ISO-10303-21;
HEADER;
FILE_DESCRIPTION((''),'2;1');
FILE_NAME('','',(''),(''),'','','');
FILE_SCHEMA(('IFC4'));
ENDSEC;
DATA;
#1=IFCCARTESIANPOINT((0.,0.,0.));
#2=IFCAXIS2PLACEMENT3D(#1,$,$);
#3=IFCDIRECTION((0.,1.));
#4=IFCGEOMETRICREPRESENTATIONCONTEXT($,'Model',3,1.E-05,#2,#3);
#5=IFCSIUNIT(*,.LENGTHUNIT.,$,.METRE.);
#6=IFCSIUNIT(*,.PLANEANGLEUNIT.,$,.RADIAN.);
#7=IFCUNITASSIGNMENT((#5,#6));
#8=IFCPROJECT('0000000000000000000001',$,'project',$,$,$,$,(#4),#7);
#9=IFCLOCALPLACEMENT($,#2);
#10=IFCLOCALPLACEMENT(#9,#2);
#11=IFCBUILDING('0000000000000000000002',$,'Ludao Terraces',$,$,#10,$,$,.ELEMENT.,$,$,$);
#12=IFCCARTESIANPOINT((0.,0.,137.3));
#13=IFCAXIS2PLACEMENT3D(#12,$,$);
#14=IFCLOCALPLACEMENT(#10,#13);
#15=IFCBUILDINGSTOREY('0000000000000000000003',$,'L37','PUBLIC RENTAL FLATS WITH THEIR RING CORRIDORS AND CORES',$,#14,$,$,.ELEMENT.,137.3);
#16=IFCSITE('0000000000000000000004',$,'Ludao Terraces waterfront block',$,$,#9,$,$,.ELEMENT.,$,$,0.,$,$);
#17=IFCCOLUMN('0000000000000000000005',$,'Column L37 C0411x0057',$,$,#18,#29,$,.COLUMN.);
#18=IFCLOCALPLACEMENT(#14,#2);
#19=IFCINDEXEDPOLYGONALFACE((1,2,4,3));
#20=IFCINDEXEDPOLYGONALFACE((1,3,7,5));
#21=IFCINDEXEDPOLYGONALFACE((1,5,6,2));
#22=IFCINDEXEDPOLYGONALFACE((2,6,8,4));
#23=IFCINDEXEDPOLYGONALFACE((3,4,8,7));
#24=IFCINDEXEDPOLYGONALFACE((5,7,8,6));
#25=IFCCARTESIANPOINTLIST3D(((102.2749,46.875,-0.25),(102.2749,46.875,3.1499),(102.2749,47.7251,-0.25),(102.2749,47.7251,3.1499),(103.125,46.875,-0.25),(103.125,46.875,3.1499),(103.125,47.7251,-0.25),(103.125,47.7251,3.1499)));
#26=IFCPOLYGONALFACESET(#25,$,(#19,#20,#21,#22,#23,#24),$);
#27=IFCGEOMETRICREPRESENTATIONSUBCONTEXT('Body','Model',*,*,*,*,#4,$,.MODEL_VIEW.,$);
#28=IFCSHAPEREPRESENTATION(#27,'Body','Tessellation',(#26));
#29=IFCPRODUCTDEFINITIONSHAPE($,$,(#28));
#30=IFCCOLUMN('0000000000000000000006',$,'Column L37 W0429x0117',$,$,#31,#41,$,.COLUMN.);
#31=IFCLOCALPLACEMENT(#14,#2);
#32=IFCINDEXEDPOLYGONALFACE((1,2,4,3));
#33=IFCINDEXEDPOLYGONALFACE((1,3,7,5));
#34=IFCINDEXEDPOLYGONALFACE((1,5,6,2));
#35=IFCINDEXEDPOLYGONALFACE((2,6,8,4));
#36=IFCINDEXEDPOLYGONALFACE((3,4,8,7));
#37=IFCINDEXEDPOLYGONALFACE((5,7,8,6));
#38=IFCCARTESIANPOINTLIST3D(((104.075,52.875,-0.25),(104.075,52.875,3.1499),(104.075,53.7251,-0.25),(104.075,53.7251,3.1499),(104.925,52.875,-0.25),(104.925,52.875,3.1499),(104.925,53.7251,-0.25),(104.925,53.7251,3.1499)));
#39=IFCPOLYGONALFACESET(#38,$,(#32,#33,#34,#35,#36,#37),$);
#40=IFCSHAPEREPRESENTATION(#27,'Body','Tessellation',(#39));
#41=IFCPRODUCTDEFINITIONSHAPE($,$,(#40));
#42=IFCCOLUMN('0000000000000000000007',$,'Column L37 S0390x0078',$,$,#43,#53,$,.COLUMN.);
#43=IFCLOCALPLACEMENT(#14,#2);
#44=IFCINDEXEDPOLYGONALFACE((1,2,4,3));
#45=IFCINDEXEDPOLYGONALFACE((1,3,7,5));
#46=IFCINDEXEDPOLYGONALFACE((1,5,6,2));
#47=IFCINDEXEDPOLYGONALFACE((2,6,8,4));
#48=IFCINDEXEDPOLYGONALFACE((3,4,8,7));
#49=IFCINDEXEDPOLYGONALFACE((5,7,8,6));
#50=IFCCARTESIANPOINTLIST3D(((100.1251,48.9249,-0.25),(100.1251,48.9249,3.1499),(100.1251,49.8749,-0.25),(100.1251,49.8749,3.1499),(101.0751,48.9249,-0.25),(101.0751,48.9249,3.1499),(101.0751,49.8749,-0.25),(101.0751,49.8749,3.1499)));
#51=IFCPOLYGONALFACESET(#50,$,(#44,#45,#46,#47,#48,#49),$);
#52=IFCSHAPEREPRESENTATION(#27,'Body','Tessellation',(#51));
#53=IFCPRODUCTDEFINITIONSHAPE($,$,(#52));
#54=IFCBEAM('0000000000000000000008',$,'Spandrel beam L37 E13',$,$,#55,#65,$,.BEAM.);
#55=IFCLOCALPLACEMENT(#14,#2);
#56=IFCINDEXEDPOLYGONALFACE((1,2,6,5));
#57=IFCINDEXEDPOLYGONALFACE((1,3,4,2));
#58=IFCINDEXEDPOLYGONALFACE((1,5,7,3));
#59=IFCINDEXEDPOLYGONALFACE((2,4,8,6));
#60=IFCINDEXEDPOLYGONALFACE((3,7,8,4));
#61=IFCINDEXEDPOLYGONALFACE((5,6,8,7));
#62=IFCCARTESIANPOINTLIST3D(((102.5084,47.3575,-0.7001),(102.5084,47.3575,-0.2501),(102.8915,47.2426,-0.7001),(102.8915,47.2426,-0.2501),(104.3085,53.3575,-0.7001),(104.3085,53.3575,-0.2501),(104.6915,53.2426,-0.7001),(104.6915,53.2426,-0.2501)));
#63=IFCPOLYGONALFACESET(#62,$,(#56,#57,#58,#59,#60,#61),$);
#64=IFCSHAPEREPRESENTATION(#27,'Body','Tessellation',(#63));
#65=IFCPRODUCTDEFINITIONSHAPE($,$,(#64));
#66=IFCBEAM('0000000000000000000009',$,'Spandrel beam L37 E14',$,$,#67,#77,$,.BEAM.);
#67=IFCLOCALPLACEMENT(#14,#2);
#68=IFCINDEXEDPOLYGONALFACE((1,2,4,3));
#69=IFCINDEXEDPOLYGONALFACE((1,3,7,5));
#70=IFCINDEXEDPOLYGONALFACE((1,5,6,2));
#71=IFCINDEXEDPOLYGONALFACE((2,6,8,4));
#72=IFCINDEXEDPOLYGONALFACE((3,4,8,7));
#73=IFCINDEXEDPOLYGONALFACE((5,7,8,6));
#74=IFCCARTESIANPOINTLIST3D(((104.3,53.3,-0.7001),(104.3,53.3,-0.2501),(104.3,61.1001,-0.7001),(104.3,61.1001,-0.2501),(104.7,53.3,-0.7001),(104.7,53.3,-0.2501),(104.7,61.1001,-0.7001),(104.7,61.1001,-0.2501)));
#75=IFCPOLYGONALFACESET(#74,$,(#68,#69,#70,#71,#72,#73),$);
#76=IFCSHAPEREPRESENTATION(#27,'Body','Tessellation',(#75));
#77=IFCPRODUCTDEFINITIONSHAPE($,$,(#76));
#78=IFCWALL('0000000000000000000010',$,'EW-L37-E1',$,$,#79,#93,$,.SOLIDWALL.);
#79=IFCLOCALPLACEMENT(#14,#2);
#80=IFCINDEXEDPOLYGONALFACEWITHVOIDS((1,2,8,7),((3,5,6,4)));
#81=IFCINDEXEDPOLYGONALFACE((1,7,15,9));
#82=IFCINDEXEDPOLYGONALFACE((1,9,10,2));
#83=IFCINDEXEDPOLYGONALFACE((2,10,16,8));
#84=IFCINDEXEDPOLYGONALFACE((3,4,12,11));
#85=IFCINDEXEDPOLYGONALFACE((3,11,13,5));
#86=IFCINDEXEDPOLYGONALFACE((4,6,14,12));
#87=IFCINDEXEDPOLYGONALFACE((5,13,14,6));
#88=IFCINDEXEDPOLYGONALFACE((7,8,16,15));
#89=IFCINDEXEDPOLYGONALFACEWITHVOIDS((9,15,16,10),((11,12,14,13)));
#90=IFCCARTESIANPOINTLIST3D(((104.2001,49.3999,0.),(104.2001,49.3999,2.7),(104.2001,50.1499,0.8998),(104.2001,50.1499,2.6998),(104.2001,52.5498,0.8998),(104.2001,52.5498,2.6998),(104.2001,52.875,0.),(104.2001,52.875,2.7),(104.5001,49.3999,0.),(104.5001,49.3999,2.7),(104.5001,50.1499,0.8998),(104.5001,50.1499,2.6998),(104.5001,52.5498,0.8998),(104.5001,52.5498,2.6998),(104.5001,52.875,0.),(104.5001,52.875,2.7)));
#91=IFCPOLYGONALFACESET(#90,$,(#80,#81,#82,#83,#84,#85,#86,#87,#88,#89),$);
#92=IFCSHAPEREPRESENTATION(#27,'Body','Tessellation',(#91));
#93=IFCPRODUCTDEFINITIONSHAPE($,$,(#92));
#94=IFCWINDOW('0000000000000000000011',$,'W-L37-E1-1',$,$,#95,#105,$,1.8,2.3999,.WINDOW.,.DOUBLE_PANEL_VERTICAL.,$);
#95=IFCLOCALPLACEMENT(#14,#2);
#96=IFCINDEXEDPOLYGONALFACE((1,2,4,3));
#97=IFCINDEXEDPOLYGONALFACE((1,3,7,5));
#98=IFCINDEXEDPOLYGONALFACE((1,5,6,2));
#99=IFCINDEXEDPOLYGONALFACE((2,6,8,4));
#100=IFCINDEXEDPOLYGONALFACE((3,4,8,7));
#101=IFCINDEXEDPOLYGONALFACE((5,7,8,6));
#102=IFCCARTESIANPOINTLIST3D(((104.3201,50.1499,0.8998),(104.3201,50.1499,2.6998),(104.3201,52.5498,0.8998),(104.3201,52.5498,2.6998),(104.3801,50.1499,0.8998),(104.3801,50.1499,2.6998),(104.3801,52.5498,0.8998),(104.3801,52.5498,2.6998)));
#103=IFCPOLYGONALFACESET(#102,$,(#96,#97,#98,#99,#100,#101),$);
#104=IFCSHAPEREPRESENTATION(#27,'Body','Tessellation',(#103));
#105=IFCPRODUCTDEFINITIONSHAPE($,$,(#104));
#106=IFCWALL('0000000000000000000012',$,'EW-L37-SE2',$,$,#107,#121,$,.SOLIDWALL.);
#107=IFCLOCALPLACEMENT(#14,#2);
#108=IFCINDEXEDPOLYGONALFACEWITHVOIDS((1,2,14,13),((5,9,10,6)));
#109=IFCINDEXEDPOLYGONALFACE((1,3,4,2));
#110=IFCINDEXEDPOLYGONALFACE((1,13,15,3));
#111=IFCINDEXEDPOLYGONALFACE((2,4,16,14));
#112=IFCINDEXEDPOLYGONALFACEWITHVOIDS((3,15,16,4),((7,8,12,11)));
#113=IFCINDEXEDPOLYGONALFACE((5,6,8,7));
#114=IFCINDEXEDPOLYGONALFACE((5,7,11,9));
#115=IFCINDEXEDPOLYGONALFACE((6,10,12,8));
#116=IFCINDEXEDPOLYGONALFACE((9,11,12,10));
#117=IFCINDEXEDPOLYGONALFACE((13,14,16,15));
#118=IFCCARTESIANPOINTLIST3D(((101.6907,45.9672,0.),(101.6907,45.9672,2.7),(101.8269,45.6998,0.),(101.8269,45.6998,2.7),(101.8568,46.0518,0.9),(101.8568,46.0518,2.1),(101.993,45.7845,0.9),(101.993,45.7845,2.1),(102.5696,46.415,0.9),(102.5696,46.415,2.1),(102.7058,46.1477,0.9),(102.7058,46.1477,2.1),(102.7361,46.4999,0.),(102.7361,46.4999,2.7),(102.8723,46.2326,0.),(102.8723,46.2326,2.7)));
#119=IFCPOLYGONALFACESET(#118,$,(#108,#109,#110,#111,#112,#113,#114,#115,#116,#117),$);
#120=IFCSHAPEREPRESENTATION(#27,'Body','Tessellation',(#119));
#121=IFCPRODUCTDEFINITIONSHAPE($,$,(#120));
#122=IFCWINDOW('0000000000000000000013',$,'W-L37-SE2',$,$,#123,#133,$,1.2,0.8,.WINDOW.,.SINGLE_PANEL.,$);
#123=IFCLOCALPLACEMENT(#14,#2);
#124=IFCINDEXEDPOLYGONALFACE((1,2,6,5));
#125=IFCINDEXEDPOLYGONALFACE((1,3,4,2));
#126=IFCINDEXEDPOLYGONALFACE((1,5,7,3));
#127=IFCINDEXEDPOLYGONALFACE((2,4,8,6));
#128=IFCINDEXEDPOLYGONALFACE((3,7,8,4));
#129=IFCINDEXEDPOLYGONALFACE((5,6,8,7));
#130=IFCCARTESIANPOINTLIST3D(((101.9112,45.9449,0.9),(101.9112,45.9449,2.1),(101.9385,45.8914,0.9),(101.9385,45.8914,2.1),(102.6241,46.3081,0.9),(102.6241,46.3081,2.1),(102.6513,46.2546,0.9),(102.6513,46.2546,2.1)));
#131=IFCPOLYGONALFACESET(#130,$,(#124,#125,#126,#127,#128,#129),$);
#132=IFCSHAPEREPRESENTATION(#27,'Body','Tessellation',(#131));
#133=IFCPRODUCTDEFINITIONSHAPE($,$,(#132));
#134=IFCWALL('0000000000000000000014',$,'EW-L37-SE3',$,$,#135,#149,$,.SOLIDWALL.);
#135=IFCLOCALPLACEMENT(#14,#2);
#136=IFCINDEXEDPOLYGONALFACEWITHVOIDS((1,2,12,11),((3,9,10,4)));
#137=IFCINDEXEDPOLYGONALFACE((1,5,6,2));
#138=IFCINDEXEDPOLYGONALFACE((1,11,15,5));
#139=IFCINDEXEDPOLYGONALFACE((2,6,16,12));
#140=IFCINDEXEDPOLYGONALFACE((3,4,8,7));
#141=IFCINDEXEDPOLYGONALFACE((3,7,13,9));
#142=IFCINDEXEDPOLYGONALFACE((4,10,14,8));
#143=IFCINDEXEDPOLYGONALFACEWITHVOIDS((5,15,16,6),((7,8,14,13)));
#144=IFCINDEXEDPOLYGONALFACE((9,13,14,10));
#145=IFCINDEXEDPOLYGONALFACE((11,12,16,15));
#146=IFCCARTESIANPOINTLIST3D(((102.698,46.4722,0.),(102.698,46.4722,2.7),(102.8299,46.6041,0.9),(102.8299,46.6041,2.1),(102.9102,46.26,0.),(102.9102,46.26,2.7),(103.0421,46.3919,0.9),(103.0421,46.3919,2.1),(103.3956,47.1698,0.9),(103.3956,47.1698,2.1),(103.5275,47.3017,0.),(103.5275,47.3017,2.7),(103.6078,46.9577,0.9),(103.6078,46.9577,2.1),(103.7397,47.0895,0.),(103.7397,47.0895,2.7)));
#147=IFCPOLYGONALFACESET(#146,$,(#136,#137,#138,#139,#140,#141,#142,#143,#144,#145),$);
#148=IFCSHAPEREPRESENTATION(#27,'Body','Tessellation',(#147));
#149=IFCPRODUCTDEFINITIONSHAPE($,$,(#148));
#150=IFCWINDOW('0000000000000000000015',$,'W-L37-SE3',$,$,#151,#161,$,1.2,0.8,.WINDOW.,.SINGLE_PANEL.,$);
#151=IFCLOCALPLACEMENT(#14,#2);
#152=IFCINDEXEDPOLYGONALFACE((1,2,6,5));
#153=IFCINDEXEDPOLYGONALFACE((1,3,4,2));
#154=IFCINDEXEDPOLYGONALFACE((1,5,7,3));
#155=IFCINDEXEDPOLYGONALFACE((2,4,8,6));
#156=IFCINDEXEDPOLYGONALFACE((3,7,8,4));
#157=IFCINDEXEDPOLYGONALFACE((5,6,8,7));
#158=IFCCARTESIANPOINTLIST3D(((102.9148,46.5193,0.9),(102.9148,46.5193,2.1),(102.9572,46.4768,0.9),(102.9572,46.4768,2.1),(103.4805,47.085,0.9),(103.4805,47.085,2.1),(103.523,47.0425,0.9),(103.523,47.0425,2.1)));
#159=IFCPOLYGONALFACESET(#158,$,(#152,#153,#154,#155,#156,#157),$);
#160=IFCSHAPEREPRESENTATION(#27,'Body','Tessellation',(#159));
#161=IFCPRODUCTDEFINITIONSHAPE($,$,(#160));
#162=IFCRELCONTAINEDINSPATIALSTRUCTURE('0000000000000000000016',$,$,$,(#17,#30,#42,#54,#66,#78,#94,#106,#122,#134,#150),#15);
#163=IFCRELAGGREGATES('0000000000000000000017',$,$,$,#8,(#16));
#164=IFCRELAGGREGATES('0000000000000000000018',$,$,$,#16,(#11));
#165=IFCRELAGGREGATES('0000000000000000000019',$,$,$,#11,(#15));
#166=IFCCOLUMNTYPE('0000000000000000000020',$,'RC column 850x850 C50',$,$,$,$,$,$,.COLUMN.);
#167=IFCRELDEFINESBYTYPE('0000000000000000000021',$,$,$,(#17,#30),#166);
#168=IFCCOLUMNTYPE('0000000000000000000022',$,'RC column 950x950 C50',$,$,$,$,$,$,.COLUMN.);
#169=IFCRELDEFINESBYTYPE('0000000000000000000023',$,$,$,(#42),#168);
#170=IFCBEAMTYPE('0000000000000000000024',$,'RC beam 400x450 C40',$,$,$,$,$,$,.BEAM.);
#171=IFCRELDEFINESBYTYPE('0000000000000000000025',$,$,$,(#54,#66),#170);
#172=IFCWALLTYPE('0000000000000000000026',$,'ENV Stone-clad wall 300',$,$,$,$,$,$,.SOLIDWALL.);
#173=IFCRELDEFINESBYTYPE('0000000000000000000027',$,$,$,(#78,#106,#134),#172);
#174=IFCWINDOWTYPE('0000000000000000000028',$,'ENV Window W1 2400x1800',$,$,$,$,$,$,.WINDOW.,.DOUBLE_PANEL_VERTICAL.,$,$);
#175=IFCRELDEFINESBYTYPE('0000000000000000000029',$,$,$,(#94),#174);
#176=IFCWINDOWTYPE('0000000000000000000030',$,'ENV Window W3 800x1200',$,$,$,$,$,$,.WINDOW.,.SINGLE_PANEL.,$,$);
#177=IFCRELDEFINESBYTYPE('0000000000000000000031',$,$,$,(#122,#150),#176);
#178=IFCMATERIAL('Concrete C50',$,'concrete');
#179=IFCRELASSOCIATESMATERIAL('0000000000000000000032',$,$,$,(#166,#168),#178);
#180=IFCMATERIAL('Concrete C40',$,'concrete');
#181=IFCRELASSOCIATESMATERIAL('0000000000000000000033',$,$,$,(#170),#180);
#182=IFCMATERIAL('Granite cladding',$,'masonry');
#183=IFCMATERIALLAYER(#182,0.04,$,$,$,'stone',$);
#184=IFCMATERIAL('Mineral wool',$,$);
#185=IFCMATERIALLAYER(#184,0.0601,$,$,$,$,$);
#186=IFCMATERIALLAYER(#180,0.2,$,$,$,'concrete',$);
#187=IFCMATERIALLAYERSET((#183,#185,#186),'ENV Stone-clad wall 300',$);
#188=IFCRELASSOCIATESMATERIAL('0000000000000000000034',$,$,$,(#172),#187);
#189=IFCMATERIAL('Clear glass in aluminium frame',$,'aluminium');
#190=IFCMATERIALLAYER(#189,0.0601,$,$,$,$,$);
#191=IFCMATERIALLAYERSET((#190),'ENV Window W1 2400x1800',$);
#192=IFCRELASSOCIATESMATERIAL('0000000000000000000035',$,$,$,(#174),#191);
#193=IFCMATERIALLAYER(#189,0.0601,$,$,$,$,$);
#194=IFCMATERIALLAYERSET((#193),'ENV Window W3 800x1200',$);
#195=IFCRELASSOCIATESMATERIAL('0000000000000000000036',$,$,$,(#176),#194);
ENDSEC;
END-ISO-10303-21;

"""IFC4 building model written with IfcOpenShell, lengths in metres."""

from ifc_helpers import new_model, si_unit, direction, frame, frame_2d, origin, origin_2d, place, context, subcontext, project, spatial, rectangle, extrude, material, layer, layer_set, material_profile, profile_set, type_object, element, fill, save


model = new_model("IFC4")

# Units and contexts
model_context = context("Model", 3, precision=1e-05, world=origin(), true_north=direction((0.0, 1.0)))
body_context = subcontext(model_context, "Body", "Model", "MODEL_VIEW")
ifc_project = project(units=[si_unit("LENGTHUNIT", "METRE"), si_unit("PLANEANGLEUNIT", "RADIAN")], contexts=[model_context])

# Site, building, storey
site_placement = place(None, origin())
site = spatial("IfcSite", under=ifc_project, at=site_placement, Name="Ludao Terraces waterfront block", CompositionType="ELEMENT", RefElevation=0.0)
building_placement = place(site_placement, origin())
building = spatial("IfcBuilding", under=site, at=building_placement, Name="Ludao Terraces", CompositionType="ELEMENT")
storey_placement = place(building_placement, frame((0.0, 0.0, 137.3)))
storey = spatial("IfcBuildingStorey", under=building, at=storey_placement, Name="L37", Description="PUBLIC RENTAL FLATS WITH THEIR RING CORRIDORS AND CORES", CompositionType="ELEMENT", Elevation=137.3)

# Columns
ifc_material_1 = material(Name="Concrete C50", Category="concrete")
ifc_material_profile_1 = material_profile(ifc_material_1, rectangle(XDim=0.8501, YDim=0.8501, at=origin_2d()), Name="850 X 850")
ifc_profile_set_1 = profile_set([ifc_material_profile_1], Name="Concrete C50")
column_type_1 = type_object("IfcColumnType", Name="RC column 850x850 C50", PredefinedType="COLUMN", material=ifc_profile_set_1)
for number, where, z_axis, x_axis, name in (
    (1, (102.7, 47.3, -0.25), (0.0, 0.0, 1.0), (1.0, 0.0, 0.0), "Column L37 C0411x0057"),
    (2, (104.5, 53.3, -0.25), (0.0, 0.0, 1.0), (1.0, 0.0, 0.0), "Column L37 W0429x0117"),
):
    element("IfcColumn", number, at=place(storey_placement, frame(where, z_axis=z_axis, x_axis=x_axis)), inside=storey, type_object=column_type_1, Name=name, PredefinedType="COLUMN", context=body_context, shape_type="SweptSolid", body=[
        extrude(rectangle(XDim=0.8501, YDim=0.8501, at=origin_2d()), origin(), (0.0, 0.0, 1.0), 3.3999),
    ])
ifc_material_profile_2 = material_profile(ifc_material_1, rectangle(XDim=0.95, YDim=0.95, at=origin_2d()), Name="950 X 950")
ifc_profile_set_2 = profile_set([ifc_material_profile_2], Name="Concrete C50")
column_type_2 = type_object("IfcColumnType", Name="RC column 950x950 C50", PredefinedType="COLUMN", material=ifc_profile_set_2)
column_placement = place(storey_placement, frame((100.6001, 49.3999, -0.25), z_axis=(0.0, 0.0, 1.0), x_axis=(1.0, 0.0, 0.0)))
element("IfcColumn", 3, at=column_placement, inside=storey, type_object=column_type_2, Name="Column L37 S0390x0078", PredefinedType="COLUMN", context=body_context, shape_type="SweptSolid", body=[
    extrude(rectangle(XDim=0.95, YDim=0.95, at=origin_2d()), origin(), (0.0, 0.0, 1.0), 3.3999),
])

# Beams
ifc_material_2 = material(Name="Concrete C40", Category="concrete")
ifc_material_profile_3 = material_profile(ifc_material_2, rectangle(XDim=0.3999, YDim=0.45, at=origin_2d()), Name="400 X 450")
ifc_profile_set_3 = profile_set([ifc_material_profile_3], Name="Concrete C40")
beam_type = type_object("IfcBeamType", Name="RC beam 400x450 C40", PredefinedType="BEAM", material=ifc_profile_set_3)
beam_1_placement = place(storey_placement, frame((102.7, 47.3, -0.4751), z_axis=(0.287355, 0.957824, 0.0), x_axis=(-0.957824, 0.287355, 0.0)))
element("IfcBeam", 4, at=beam_1_placement, inside=storey, type_object=beam_type, Name="Spandrel beam L37 E13", PredefinedType="BEAM", context=body_context, shape_type="SweptSolid", body=[
    extrude(rectangle(XDim=0.3999, YDim=0.45, at=origin_2d()), origin(), (0.0, 0.0, 1.0), 6.2642),
])
beam_2_placement = place(storey_placement, frame((104.5, 53.3, -0.4751), z_axis=(0.0, 1.0, 0.0), x_axis=(-1.0, 0.0, 0.0)))
element("IfcBeam", 5, at=beam_2_placement, inside=storey, type_object=beam_type, Name="Spandrel beam L37 E14", PredefinedType="BEAM", context=body_context, shape_type="SweptSolid", body=[
    extrude(rectangle(XDim=0.3999, YDim=0.45, at=origin_2d()), origin(), (0.0, 0.0, 1.0), 7.8),
])

# Walls, openings, windows
ifc_material_3 = material(Name="Granite cladding", Category="masonry")
ifc_layer_1 = layer(ifc_material_3, 0.04, Category="stone")
ifc_material_4 = material(Name="Mineral wool")
ifc_layer_2 = layer(ifc_material_4, 0.0601)
ifc_layer_3 = layer(ifc_material_2, 0.2, Category="concrete")
ifc_layer_set_1 = layer_set([ifc_layer_1, ifc_layer_2, ifc_layer_3], Name="ENV Stone-clad wall 300")
wall_type = type_object("IfcWallType", Name="ENV Stone-clad wall 300", PredefinedType="SOLIDWALL", material=ifc_layer_set_1)
wall_1_placement = place(storey_placement, frame((104.3501, 49.3999, 0.0), z_axis=(0.0, 0.0, 1.0), x_axis=(0.0, 1.0, 0.0)))
wall_1 = element("IfcWall", 6, at=wall_1_placement, inside=storey, type_object=wall_type, Name="EW-L37-E1", PredefinedType="SOLIDWALL", context=body_context, shape_type="SweptSolid", body=[
    extrude(rectangle(XDim=3.4751, YDim=0.3, at=frame_2d((1.7375, 0.0))), origin(), (0.0, 0.0, 1.0), 2.7),
])
opening_1_placement = place(wall_1_placement, frame((0.75, 0.0, 0.8999)))
opening_1 = element("IfcOpeningElement", 7, at=opening_1_placement, cuts=wall_1, PredefinedType="OPENING", context=body_context, shape_type="SweptSolid", body=[
    extrude(rectangle(XDim=2.3999, YDim=1.8, at=frame_2d((1.2, 0.8999))), frame((0.0, 0.1602, 0.0), z_axis=(0.0, -1.0, 0.0), x_axis=(1.0, 0.0, 0.0)), (0.0, 0.0, 1.0), 0.3201),
])
ifc_material_5 = material(Name="Clear glass in aluminium frame", Category="aluminium")
ifc_layer_4 = layer(ifc_material_5, 0.0601)
ifc_layer_set_2 = layer_set([ifc_layer_4], Name="ENV Window W1 2400x1800")
window_type_1 = type_object("IfcWindowType", Name="ENV Window W1 2400x1800", PartitioningType="DOUBLE_PANEL_VERTICAL", PredefinedType="WINDOW", material=ifc_layer_set_2)
window_1_placement = place(opening_1_placement, origin())
window_1 = element("IfcWindow", 8, at=window_1_placement, inside=storey, type_object=window_type_1, Name="W-L37-E1-1", OverallHeight=1.8, OverallWidth=2.3999, PartitioningType="DOUBLE_PANEL_VERTICAL", PredefinedType="WINDOW", context=body_context, shape_type="SweptSolid", body=[
    extrude(rectangle(XDim=2.3999, YDim=1.8, at=frame_2d((1.2, 0.8999))), frame((0.0, 0.03, 0.0), z_axis=(0.0, -1.0, 0.0), x_axis=(1.0, 0.0, 0.0)), (0.0, 0.0, 1.0), 0.0601),
])
fill(opening_1, window_1)
wall_2_placement = place(storey_placement, frame((101.7588, 45.8335, 0.0), z_axis=(0.0, 0.0, 1.0), x_axis=(0.890989, 0.454026, 0.0)))
wall_2 = element("IfcWall", 9, at=wall_2_placement, inside=storey, type_object=wall_type, Name="EW-L37-SE2", PredefinedType="SOLIDWALL", context=body_context, shape_type="SweptSolid", body=[
    extrude(rectangle(XDim=1.1733, YDim=0.3, at=frame_2d((0.5867, 0.0))), origin(), (0.0, 0.0, 1.0), 2.7),
])
opening_2_placement = place(wall_2_placement, frame((0.1865, 0.0, 0.8999)))
opening_2 = element("IfcOpeningElement", 10, at=opening_2_placement, cuts=wall_2, PredefinedType="OPENING", context=body_context, shape_type="SweptSolid", body=[
    extrude(rectangle(XDim=0.8, YDim=1.2, at=frame_2d((0.3999, 0.6001))), frame((0.0, 0.1602, 0.0), z_axis=(0.0, -1.0, 0.0), x_axis=(1.0, 0.0, 0.0)), (0.0, 0.0, 1.0), 0.3201),
])
ifc_layer_5 = layer(ifc_material_5, 0.0601)
ifc_layer_set_3 = layer_set([ifc_layer_5], Name="ENV Window W3 800x1200")
window_type_2 = type_object("IfcWindowType", Name="ENV Window W3 800x1200", PartitioningType="SINGLE_PANEL", PredefinedType="WINDOW", material=ifc_layer_set_3)
window_2_placement = place(opening_2_placement, origin())
window_2 = element("IfcWindow", 11, at=window_2_placement, inside=storey, type_object=window_type_2, Name="W-L37-SE2", OverallHeight=1.2, OverallWidth=0.8, PartitioningType="SINGLE_PANEL", PredefinedType="WINDOW", context=body_context, shape_type="SweptSolid", body=[
    extrude(rectangle(XDim=0.8, YDim=1.2, at=frame_2d((0.3999, 0.6001))), frame((0.0, 0.03, 0.0), z_axis=(0.0, -1.0, 0.0), x_axis=(1.0, 0.0, 0.0)), (0.0, 0.0, 1.0), 0.0601),
])
fill(opening_2, window_2)
wall_3_placement = place(storey_placement, frame((102.8042, 46.3662, 0.0), z_axis=(0.0, 0.0, 1.0), x_axis=(0.707107, 0.707107, 0.0)))
wall_3 = element("IfcWall", 12, at=wall_3_placement, inside=storey, type_object=wall_type, Name="EW-L37-SE3", PredefinedType="SOLIDWALL", context=body_context, shape_type="SweptSolid", body=[
    extrude(rectangle(XDim=1.1731, YDim=0.3, at=frame_2d((0.5864, 0.0))), origin(), (0.0, 0.0, 1.0), 2.7),
])
opening_3_placement = place(wall_3_placement, frame((0.1865, 0.0, 0.8999)))
opening_3 = element("IfcOpeningElement", 13, at=opening_3_placement, cuts=wall_3, PredefinedType="OPENING", context=body_context, shape_type="SweptSolid", body=[
    extrude(rectangle(XDim=0.8, YDim=1.2, at=frame_2d((0.3999, 0.6001))), frame((0.0, 0.1602, 0.0), z_axis=(0.0, -1.0, 0.0), x_axis=(1.0, 0.0, 0.0)), (0.0, 0.0, 1.0), 0.3201),
])
window_3_placement = place(opening_3_placement, origin())
window_3 = element("IfcWindow", 14, at=window_3_placement, inside=storey, type_object=window_type_2, Name="W-L37-SE3", OverallHeight=1.2, OverallWidth=0.8, PartitioningType="SINGLE_PANEL", PredefinedType="WINDOW", context=body_context, shape_type="SweptSolid", body=[
    extrude(rectangle(XDim=0.8, YDim=1.2, at=frame_2d((0.3999, 0.6001))), frame((0.0, 0.03, 0.0), z_axis=(0.0, -1.0, 0.0), x_axis=(1.0, 0.0, 0.0)), (0.0, 0.0, 1.0), 0.0601),
])
fill(opening_3, window_3)

save(model, "model.ifc")
